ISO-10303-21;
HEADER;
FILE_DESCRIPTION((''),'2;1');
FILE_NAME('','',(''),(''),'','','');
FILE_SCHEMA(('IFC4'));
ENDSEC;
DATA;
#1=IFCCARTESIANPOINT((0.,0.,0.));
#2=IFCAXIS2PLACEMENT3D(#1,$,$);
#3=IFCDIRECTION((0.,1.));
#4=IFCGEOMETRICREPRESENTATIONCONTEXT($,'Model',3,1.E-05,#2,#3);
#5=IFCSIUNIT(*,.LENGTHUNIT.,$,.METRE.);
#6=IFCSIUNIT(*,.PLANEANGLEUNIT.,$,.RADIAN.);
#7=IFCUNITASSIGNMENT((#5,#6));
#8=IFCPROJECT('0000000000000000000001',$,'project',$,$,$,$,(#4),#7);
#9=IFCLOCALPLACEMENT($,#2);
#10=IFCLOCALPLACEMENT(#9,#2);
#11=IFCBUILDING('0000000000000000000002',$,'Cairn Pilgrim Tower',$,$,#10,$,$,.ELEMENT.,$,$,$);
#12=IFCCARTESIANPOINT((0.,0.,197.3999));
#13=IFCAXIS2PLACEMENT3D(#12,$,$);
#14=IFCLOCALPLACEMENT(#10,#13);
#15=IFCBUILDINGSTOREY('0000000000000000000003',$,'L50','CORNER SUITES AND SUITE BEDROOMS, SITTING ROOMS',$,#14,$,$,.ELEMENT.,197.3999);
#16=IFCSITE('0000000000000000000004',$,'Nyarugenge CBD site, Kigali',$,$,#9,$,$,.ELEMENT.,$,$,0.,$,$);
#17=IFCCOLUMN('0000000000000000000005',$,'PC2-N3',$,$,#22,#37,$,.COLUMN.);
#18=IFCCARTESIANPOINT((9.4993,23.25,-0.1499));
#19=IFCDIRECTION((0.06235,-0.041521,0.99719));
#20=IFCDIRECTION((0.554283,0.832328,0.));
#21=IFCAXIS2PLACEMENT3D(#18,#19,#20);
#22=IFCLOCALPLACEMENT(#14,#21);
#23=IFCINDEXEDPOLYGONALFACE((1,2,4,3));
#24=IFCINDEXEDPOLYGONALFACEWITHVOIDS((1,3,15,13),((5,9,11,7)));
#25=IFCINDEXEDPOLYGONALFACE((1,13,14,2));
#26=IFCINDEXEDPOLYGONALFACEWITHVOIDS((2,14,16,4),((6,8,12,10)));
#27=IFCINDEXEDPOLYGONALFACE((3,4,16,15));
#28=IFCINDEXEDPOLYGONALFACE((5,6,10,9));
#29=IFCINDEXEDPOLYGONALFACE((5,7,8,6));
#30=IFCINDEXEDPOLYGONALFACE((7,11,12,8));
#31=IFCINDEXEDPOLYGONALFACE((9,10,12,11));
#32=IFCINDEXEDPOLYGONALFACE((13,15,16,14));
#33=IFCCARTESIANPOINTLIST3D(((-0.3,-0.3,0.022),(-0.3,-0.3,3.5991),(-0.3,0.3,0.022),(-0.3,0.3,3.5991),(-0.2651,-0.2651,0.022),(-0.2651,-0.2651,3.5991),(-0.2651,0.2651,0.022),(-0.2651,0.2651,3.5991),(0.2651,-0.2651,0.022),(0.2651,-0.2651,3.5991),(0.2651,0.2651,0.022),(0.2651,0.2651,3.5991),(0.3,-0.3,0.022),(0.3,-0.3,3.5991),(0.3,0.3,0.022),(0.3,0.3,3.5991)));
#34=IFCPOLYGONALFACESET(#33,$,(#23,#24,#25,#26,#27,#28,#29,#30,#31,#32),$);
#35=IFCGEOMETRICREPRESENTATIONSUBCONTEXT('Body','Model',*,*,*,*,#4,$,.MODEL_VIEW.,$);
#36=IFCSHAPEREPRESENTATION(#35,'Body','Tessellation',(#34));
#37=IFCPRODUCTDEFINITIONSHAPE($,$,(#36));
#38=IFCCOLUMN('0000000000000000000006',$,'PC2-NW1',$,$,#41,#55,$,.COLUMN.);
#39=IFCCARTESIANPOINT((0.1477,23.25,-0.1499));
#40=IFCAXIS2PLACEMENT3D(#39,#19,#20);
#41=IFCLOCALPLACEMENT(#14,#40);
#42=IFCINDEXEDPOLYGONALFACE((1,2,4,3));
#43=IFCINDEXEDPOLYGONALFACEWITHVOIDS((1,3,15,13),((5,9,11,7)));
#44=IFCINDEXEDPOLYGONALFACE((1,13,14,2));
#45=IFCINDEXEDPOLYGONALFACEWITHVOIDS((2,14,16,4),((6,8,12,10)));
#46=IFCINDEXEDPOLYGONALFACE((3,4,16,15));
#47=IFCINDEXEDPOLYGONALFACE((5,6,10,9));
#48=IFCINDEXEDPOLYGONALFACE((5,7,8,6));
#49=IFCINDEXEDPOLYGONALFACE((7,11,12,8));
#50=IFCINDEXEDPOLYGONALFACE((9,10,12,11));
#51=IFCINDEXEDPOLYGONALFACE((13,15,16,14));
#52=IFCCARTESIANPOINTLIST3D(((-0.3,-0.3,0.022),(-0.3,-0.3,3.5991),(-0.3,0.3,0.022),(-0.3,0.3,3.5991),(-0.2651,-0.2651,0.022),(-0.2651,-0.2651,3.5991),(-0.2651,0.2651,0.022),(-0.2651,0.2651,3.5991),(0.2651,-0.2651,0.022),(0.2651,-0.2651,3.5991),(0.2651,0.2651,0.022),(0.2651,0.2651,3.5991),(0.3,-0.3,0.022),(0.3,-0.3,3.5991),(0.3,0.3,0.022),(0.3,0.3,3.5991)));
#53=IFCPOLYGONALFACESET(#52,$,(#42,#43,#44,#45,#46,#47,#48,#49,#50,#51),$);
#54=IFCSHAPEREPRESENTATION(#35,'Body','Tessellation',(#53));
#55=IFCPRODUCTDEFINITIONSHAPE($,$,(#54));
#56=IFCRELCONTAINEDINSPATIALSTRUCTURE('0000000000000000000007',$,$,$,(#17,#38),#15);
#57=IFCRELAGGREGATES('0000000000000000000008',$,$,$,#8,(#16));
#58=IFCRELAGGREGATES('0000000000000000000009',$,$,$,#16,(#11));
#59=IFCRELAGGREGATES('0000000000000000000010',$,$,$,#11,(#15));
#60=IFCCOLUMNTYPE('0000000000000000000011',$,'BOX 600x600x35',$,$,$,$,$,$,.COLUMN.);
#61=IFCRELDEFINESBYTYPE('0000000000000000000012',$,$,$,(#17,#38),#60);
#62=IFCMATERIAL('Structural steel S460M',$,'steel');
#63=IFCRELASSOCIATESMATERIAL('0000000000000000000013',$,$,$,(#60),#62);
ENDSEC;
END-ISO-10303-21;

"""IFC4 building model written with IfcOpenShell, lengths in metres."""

from ifc_helpers import new_model, si_unit, direction, frame, origin, origin_2d, place, context, subcontext, project, spatial, hollow_rectangle, extrude, clip, halfspace, material, material_profile, profile_set, type_object, element, save


model = new_model("IFC4")

# Units and contexts
model_context = context("Model", 3, precision=1e-05, world=origin(), true_north=direction((0.0, 1.0)))
body_context = subcontext(model_context, "Body", "Model", "MODEL_VIEW")
ifc_project = project(units=[si_unit("LENGTHUNIT", "METRE"), si_unit("PLANEANGLEUNIT", "RADIAN")], contexts=[model_context])

# Site, building, storey
site_placement = place(None, origin())
site = spatial("IfcSite", under=ifc_project, at=site_placement, Name="Nyarugenge CBD site, Kigali", CompositionType="ELEMENT", RefElevation=0.0)
building_placement = place(site_placement, origin())
building = spatial("IfcBuilding", under=site, at=building_placement, Name="Cairn Pilgrim Tower", CompositionType="ELEMENT")
storey_placement = place(building_placement, frame((0.0, 0.0, 197.3999)))
storey = spatial("IfcBuildingStorey", under=building, at=storey_placement, Name="L50", Description="CORNER SUITES AND SUITE BEDROOMS, SITTING ROOMS", CompositionType="ELEMENT", Elevation=197.3999)

# Columns
ifc_material_1 = material(Name="Structural steel S460M", Category="steel")
ifc_material_profile_1 = material_profile(ifc_material_1, hollow_rectangle(XDim=0.6001, YDim=0.6001, WallThickness=0.0349, at=origin_2d()), Name="BOX 600x600x35")
ifc_profile_set_1 = profile_set([ifc_material_profile_1], Name="Structural steel S460M")
column_type_1 = type_object("IfcColumnType", Name="BOX 600x600x35", PredefinedType="COLUMN", material=ifc_profile_set_1)
for number, where, z_axis, x_axis, name in (
    (1, (9.4993, 23.25, -0.1499), (0.06235, -0.041521, 0.99719), (0.554283, 0.832328, 0.0), "PC2-N3"),
    (2, (0.1477, 23.25, -0.1499), (0.06235, -0.041521, 0.99719), (0.554283, 0.832328, 0.0), "PC2-NW1"),
):
    element("IfcColumn", number, at=place(storey_placement, frame(where, z_axis=z_axis, x_axis=x_axis)), inside=storey, type_object=column_type_1, Name=name, PredefinedType="COLUMN", context=body_context, shape_type="Clipping", body=[
        clip(clip(extrude(hollow_rectangle(XDim=0.6001, YDim=0.6001, WallThickness=0.0349, at=origin_2d()), origin(), (0.0, 0.0, 1.0), 3.6104), halfspace(frame((0.0, 0.0, 0.022), z_axis=(0.0, 0.0, 1.0), x_axis=(1.0, 0.0, 0.0)), True)), halfspace(frame((0.0, 0.0, 3.5991), z_axis=(0.0, 0.0, 1.0), x_axis=(1.0, 0.0, 0.0)), False)),
    ])

save(model, "model.ifc")
